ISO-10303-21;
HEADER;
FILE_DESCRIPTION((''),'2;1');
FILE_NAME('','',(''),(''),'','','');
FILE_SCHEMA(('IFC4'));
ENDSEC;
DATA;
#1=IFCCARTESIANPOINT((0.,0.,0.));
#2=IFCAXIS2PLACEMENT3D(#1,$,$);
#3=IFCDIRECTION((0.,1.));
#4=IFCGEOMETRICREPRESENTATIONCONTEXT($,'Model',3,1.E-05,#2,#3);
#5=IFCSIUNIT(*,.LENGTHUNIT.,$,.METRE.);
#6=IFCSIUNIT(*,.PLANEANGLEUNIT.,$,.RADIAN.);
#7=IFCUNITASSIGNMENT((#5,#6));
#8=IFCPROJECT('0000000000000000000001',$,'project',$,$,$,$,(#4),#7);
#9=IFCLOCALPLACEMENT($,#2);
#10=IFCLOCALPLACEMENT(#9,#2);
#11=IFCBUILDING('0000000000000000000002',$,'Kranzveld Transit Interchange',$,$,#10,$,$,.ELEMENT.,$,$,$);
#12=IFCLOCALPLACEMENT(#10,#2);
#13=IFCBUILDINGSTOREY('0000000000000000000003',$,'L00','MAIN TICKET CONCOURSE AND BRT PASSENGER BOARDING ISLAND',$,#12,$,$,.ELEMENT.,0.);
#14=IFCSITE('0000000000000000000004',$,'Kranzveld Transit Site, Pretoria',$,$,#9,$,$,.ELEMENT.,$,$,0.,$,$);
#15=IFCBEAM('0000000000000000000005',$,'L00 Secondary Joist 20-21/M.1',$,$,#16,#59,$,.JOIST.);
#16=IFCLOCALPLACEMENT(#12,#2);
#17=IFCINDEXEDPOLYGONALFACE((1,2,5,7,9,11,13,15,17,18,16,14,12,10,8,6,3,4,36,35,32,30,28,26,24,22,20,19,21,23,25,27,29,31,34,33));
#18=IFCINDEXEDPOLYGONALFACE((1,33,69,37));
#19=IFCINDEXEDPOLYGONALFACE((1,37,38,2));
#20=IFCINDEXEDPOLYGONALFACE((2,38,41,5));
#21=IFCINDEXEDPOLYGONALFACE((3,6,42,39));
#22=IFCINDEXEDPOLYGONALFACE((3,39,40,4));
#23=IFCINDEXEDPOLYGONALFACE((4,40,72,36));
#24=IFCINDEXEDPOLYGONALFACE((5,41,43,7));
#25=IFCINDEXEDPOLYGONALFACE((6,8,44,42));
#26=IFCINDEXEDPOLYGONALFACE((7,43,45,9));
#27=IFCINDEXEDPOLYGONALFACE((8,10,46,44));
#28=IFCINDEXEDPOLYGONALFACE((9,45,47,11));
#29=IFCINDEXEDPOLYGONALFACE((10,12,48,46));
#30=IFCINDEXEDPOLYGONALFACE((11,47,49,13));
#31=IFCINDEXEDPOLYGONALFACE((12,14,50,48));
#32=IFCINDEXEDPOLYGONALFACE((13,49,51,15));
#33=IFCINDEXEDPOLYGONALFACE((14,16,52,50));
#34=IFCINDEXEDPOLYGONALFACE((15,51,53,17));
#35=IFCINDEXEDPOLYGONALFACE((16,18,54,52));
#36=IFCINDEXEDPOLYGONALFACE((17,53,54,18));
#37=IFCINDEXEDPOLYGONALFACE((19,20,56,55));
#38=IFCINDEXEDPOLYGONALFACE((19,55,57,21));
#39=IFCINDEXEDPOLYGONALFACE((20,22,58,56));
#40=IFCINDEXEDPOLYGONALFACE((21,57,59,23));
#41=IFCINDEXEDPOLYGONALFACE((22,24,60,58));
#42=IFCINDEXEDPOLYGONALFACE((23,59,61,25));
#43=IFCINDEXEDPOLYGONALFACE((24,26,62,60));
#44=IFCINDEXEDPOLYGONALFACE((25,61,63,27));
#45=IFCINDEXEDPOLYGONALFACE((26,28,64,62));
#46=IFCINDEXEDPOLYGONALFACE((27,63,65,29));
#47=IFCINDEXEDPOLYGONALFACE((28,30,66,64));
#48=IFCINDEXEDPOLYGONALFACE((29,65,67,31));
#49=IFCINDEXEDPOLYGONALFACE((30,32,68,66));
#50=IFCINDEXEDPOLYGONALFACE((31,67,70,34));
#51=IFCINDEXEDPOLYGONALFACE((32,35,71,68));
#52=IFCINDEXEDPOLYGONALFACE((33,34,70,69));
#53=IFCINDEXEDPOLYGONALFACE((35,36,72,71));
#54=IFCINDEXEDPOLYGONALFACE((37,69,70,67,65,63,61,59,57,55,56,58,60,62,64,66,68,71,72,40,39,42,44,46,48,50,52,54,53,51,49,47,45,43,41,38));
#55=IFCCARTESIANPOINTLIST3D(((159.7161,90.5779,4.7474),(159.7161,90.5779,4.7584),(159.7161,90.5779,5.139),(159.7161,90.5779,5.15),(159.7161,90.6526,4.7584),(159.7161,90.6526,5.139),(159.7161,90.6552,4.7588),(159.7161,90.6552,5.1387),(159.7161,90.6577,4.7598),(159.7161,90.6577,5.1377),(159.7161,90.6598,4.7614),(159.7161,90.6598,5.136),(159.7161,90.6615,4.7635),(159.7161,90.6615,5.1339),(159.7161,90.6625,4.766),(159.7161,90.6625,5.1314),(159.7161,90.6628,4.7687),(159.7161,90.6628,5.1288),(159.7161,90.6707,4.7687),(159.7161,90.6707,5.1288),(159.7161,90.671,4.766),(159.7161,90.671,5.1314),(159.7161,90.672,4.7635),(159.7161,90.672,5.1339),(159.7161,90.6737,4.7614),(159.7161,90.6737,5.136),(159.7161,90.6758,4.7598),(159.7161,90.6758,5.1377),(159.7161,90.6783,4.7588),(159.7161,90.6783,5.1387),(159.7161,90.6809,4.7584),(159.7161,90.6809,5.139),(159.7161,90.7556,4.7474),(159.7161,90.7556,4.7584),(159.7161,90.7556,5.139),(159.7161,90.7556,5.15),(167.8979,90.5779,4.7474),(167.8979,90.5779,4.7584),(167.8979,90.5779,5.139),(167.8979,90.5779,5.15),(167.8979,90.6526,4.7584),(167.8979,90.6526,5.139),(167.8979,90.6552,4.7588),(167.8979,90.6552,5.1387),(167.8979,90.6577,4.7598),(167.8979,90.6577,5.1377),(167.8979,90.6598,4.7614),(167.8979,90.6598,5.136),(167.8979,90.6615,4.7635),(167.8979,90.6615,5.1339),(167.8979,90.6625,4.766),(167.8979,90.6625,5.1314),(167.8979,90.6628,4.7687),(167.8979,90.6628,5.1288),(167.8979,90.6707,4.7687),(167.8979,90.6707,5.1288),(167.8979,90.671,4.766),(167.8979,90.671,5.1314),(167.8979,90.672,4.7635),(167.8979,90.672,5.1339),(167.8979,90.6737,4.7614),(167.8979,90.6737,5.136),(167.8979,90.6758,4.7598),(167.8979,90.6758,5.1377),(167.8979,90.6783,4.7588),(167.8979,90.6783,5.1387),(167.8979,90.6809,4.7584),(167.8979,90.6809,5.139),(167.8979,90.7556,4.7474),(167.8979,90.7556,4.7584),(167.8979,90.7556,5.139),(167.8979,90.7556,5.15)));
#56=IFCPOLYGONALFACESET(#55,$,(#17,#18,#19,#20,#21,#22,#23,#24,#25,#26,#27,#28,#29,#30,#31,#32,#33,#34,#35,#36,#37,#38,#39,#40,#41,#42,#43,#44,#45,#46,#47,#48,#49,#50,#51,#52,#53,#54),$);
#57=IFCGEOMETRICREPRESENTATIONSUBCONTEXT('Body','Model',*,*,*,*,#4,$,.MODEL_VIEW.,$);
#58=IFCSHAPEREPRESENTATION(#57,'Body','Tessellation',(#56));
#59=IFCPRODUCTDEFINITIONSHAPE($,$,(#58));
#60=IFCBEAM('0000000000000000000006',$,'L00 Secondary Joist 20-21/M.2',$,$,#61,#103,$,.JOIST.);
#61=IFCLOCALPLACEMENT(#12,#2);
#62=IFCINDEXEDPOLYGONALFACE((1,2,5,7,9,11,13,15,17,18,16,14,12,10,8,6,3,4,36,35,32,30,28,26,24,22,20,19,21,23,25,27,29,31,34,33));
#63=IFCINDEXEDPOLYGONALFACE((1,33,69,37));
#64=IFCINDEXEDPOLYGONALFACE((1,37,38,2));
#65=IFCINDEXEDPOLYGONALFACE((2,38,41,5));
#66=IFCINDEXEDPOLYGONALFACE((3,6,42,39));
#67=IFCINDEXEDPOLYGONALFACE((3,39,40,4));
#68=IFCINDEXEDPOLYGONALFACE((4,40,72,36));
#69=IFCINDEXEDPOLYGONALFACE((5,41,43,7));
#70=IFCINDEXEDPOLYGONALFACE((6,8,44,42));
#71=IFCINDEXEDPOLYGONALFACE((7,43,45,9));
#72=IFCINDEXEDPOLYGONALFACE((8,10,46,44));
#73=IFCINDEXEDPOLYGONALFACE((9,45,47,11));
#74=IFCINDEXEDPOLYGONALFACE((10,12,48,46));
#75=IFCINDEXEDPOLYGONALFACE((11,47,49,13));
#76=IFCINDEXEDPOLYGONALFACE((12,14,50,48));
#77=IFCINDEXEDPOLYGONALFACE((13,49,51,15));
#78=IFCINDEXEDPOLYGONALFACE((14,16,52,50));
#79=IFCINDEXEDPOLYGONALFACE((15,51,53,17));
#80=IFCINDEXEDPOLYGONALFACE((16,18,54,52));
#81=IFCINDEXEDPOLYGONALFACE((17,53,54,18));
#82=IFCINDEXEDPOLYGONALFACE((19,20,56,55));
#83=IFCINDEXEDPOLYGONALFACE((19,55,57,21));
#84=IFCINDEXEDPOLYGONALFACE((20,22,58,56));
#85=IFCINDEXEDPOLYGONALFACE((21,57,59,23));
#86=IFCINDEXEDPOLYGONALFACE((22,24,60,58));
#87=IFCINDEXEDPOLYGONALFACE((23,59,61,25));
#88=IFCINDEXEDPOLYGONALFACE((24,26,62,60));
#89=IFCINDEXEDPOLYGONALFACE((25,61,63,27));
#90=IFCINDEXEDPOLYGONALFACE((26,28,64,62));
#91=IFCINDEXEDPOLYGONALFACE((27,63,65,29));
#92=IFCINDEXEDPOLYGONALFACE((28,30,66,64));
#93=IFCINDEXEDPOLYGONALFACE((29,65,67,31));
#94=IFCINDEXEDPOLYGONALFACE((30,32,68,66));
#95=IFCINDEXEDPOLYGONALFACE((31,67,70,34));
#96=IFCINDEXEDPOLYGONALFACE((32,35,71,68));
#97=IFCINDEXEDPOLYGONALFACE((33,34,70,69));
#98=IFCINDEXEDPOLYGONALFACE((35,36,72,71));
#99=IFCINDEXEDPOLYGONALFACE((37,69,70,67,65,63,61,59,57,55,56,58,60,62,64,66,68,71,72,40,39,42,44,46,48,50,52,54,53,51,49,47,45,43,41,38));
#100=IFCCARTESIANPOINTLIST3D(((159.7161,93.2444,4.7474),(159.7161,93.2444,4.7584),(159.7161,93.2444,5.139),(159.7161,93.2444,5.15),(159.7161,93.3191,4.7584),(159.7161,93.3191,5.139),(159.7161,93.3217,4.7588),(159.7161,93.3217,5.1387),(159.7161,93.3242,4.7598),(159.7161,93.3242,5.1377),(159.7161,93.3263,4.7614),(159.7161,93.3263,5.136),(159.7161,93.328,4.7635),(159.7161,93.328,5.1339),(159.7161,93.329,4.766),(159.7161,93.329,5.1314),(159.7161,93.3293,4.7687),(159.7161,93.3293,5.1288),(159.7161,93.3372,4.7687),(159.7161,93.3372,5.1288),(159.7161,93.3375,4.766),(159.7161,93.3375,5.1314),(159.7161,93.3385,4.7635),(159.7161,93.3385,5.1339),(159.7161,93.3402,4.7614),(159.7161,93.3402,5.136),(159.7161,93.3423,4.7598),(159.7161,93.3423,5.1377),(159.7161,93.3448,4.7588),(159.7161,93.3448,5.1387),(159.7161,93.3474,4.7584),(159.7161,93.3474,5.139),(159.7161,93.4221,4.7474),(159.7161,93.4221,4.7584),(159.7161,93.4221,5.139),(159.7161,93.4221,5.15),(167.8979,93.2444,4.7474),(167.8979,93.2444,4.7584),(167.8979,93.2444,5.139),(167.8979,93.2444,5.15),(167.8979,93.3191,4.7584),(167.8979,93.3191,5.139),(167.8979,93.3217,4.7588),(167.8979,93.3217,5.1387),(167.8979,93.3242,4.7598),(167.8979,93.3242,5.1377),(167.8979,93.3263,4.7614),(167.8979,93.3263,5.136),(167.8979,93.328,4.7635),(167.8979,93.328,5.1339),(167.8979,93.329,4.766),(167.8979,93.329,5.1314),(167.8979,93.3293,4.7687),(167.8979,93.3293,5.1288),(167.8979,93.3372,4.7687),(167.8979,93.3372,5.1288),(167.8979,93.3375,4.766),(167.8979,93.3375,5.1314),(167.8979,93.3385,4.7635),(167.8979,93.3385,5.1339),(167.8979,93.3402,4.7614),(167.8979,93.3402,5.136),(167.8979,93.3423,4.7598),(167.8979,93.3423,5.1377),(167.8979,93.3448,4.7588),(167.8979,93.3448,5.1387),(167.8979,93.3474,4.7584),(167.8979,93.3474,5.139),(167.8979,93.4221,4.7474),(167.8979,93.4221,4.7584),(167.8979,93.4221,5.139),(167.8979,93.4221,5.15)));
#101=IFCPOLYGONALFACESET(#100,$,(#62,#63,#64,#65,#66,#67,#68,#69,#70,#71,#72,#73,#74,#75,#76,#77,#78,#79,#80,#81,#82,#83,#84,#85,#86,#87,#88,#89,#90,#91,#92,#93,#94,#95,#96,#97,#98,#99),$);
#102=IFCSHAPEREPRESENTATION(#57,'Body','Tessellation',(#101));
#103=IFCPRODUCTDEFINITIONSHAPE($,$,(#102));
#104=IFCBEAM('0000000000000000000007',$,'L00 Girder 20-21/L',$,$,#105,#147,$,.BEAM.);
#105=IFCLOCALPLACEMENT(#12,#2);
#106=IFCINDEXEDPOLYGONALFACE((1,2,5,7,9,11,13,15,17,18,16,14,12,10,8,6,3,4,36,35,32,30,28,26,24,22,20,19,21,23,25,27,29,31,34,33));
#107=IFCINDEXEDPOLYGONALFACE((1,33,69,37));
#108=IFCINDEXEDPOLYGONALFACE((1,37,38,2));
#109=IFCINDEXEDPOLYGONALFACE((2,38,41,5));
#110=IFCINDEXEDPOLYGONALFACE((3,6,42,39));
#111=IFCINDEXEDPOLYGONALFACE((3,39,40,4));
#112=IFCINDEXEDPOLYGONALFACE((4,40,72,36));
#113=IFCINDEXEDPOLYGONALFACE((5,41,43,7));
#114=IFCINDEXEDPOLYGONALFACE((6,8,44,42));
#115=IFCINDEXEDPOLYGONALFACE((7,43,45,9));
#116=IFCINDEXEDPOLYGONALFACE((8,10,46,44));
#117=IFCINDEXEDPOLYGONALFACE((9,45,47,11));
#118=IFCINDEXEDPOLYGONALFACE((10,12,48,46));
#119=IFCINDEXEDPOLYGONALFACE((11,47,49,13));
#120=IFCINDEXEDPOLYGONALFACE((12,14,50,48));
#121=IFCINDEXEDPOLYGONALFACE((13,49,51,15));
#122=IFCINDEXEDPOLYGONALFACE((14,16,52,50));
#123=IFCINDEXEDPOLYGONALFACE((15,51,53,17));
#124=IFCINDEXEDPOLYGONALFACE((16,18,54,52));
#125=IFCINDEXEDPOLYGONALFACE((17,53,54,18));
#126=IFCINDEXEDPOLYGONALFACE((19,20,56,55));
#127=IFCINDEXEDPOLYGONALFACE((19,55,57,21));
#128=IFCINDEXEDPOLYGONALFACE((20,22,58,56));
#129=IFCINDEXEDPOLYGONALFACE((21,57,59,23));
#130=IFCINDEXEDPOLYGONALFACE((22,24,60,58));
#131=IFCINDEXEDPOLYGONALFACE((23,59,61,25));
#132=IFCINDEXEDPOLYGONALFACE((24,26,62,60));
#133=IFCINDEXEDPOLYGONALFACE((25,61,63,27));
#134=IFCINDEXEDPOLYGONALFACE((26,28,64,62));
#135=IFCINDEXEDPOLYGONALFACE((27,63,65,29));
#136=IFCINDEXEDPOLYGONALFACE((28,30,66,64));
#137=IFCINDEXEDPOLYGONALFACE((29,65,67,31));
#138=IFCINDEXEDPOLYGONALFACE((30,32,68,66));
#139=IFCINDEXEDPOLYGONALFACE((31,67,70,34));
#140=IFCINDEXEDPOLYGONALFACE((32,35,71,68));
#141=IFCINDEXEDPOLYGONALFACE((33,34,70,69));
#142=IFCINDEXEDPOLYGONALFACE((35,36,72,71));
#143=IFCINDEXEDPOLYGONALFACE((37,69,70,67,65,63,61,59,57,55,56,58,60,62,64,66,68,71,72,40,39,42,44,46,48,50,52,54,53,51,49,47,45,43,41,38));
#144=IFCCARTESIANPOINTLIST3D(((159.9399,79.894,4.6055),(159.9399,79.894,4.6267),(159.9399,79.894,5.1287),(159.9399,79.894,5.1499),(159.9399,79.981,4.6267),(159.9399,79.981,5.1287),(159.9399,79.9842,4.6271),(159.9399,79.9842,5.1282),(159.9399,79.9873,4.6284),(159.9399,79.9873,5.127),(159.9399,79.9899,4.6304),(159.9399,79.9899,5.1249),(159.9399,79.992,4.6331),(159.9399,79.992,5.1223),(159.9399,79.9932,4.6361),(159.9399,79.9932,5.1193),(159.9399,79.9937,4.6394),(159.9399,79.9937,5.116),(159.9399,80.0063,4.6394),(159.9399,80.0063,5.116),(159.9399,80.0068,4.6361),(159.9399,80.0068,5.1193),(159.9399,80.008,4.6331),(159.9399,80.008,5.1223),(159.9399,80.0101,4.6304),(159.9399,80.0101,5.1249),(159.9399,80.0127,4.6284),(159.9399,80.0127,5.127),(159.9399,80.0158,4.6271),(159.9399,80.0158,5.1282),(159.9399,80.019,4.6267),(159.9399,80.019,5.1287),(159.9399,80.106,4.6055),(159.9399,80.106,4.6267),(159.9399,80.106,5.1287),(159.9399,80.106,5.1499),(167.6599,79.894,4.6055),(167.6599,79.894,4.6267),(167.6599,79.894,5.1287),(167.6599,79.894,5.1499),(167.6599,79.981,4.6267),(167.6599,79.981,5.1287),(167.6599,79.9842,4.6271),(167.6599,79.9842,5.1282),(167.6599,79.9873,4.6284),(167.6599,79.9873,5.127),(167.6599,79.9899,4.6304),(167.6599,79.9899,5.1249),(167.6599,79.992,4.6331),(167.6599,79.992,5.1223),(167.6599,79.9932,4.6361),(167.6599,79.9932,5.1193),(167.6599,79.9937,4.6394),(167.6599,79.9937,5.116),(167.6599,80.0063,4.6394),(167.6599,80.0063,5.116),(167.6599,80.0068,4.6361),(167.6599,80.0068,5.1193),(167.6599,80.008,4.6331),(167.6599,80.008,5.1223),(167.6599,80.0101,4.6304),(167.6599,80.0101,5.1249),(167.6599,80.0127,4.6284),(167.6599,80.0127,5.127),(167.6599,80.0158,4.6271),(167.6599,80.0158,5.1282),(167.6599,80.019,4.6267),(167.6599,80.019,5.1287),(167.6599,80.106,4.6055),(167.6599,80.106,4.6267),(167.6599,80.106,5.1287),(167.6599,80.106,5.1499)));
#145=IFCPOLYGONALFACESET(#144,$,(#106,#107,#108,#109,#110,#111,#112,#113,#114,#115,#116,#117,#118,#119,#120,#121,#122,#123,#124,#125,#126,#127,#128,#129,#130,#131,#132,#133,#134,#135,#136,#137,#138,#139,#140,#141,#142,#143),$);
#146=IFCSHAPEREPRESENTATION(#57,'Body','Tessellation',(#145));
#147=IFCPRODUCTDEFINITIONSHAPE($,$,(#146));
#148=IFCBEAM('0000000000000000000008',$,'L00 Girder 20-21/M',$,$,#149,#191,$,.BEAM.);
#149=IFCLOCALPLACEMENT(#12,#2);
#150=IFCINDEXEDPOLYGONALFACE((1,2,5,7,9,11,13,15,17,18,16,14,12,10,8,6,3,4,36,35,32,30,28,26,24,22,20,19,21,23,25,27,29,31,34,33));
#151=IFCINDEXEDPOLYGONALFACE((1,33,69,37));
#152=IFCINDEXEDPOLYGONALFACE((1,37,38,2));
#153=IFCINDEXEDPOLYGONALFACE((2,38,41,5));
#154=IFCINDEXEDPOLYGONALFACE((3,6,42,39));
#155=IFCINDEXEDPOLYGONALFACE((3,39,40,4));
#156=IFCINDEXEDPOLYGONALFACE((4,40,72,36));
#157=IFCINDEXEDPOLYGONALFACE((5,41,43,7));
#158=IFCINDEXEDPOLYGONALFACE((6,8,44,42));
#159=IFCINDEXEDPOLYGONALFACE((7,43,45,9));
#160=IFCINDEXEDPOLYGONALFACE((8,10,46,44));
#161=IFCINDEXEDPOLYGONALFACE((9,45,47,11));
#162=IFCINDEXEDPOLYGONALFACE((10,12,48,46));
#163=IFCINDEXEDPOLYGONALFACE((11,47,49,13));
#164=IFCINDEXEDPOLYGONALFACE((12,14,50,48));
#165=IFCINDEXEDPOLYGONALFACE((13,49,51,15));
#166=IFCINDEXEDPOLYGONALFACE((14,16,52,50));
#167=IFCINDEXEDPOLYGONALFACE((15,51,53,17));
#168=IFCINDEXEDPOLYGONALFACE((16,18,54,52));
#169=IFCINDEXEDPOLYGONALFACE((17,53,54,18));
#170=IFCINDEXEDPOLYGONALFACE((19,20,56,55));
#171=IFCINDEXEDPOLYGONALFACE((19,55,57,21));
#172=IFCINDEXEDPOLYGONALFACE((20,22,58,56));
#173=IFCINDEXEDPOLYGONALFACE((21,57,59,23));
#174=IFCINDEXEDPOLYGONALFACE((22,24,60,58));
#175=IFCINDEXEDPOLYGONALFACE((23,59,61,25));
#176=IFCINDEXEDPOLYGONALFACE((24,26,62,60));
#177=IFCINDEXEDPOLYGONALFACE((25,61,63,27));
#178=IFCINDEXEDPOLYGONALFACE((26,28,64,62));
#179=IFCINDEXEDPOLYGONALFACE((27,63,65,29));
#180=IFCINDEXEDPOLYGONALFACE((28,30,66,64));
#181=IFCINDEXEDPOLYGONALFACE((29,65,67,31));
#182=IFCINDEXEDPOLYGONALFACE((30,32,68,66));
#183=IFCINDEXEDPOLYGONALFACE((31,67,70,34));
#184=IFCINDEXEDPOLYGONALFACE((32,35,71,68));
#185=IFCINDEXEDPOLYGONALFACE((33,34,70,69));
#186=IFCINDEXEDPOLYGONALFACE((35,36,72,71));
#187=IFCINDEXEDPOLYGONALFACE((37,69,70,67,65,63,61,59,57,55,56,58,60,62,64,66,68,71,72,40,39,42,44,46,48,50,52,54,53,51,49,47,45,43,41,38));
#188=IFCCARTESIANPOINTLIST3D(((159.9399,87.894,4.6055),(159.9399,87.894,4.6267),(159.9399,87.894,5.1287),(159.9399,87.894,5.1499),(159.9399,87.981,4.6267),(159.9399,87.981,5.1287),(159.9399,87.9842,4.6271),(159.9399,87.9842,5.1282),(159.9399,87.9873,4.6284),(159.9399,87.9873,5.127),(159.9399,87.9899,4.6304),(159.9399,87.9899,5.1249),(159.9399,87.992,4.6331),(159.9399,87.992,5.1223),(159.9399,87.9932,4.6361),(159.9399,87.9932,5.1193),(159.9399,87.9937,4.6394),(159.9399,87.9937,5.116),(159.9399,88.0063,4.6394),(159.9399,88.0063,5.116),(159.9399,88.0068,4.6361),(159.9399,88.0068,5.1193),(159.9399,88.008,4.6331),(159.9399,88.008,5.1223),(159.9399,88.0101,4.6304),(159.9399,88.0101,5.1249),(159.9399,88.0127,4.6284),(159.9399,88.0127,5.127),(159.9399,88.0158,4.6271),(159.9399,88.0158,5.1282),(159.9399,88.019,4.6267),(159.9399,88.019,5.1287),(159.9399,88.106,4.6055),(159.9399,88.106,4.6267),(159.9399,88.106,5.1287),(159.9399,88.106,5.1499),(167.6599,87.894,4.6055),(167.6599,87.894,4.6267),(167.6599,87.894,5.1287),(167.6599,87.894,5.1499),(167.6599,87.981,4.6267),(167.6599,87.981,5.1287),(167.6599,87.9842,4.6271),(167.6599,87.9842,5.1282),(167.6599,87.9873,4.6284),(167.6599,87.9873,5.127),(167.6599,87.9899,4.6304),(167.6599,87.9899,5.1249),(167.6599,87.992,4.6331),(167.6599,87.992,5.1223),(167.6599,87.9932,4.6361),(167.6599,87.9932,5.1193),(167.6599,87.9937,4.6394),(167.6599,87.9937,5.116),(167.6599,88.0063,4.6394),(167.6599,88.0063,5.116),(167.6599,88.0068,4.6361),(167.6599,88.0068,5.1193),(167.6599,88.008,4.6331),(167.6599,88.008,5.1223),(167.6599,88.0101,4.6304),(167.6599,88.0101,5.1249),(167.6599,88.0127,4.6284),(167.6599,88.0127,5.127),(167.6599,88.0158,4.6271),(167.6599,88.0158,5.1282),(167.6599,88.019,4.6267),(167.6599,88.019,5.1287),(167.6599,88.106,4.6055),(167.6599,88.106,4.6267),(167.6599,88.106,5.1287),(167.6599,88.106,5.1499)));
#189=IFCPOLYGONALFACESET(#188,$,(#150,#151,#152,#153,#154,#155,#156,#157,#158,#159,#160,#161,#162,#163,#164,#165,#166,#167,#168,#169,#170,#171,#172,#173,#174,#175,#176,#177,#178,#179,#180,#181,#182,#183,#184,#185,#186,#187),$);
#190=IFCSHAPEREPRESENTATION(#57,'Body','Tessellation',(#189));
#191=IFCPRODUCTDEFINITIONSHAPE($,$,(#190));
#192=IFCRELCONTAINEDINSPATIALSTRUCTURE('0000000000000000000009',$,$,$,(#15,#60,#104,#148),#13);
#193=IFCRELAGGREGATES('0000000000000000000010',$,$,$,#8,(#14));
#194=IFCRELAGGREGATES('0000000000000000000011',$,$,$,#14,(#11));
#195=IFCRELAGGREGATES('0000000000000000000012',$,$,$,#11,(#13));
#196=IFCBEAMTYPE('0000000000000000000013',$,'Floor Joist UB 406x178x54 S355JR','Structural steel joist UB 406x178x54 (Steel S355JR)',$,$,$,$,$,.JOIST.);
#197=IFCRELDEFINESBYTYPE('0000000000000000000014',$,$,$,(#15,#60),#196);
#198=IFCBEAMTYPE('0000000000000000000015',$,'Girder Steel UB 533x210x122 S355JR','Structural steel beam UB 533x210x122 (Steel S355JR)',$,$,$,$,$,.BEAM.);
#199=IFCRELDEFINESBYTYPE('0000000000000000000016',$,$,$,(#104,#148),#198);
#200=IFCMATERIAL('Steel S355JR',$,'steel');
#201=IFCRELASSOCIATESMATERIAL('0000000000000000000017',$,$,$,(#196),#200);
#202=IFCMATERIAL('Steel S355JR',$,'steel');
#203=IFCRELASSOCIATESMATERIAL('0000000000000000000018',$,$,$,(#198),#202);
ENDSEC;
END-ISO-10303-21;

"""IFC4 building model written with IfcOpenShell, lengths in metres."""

from ifc_helpers import new_model, si_unit, direction, frame, origin, origin_2d, place, context, subcontext, project, spatial, i_section, extrude, material, material_profile, profile_set, type_object, element, save


model = new_model("IFC4")

# Units and contexts
model_context = context("Model", 3, precision=1e-05, world=origin(), true_north=direction((0.0, 1.0)))
body_context = subcontext(model_context, "Body", "Model", "MODEL_VIEW")
ifc_project = project(units=[si_unit("LENGTHUNIT", "METRE"), si_unit("PLANEANGLEUNIT", "RADIAN")], contexts=[model_context])

# Site, building, storey
site_placement = place(None, origin())
site = spatial("IfcSite", under=ifc_project, at=site_placement, Name="Kranzveld Transit Site, Pretoria", CompositionType="ELEMENT", RefElevation=0.0)
building_placement = place(site_placement, origin())
building = spatial("IfcBuilding", under=site, at=building_placement, Name="Kranzveld Transit Interchange", CompositionType="ELEMENT")
storey_placement = place(building_placement, origin())
storey = spatial("IfcBuildingStorey", under=building, at=storey_placement, Name="L00", Description="MAIN TICKET CONCOURSE AND BRT PASSENGER BOARDING ISLAND", CompositionType="ELEMENT", Elevation=0.0)

# Beams
ifc_material_1 = material(Name="Steel S355JR", Category="steel")
ifc_material_profile_1 = material_profile(ifc_material_1, i_section(OverallWidth=0.1777, OverallDepth=0.4026, WebThickness=0.0078, FlangeThickness=0.011, FilletRadius=0.0103, at=origin_2d()), Name="UB 406x178x54")
ifc_profile_set_1 = profile_set([ifc_material_profile_1], Name="Steel S355JR")
beam_type_1 = type_object("IfcBeamType", Name="Floor Joist UB 406x178x54 S355JR", Description="Structural steel joist UB 406x178x54 (Steel S355JR)", PredefinedType="JOIST", material=ifc_profile_set_1)
for number, where, z_axis, x_axis, name in (
    (1, (159.7161, 90.6667, 4.9487), (1.0, 0.0, 0.0), (0.0, 1.0, 0.0), "L00 Secondary Joist 20-21/M.1"),
    (2, (159.7161, 93.3333, 4.9487), (1.0, 0.0, 0.0), (0.0, 1.0, 0.0), "L00 Secondary Joist 20-21/M.2"),
):
    element("IfcBeam", number, at=place(storey_placement, frame(where, z_axis=z_axis, x_axis=x_axis)), inside=storey, type_object=beam_type_1, Name=name, PredefinedType="JOIST", context=body_context, shape_type="SweptSolid", body=[
        extrude(i_section(OverallWidth=0.1777, OverallDepth=0.4026, WebThickness=0.0078, FlangeThickness=0.011, FilletRadius=0.0103, at=origin_2d()), origin(), (0.0, 0.0, 1.0), 8.1819),
    ])
ifc_material_2 = material(Name="Steel S355JR", Category="steel")
ifc_material_profile_2 = material_profile(ifc_material_2, i_section(OverallWidth=0.2119, OverallDepth=0.5444, WebThickness=0.0127, FlangeThickness=0.0212, FilletRadius=0.0127, at=origin_2d()), Name="UB 533x210x122")
ifc_profile_set_2 = profile_set([ifc_material_profile_2], Name="Steel S355JR")
beam_type_2 = type_object("IfcBeamType", Name="Girder Steel UB 533x210x122 S355JR", Description="Structural steel beam UB 533x210x122 (Steel S355JR)", PredefinedType="BEAM", material=ifc_profile_set_2)
for number, where, z_axis, x_axis, name in (
    (3, (159.9399, 80.0, 4.8777), (1.0, 0.0, 0.0), (0.0, 1.0, 0.0), "L00 Girder 20-21/L"),
    (4, (159.9399, 88.0, 4.8777), (1.0, 0.0, 0.0), (0.0, 1.0, 0.0), "L00 Girder 20-21/M"),
):
    element("IfcBeam", number, at=place(storey_placement, frame(where, z_axis=z_axis, x_axis=x_axis)), inside=storey, type_object=beam_type_2, Name=name, PredefinedType="BEAM", context=body_context, shape_type="SweptSolid", body=[
        extrude(i_section(OverallWidth=0.2119, OverallDepth=0.5444, WebThickness=0.0127, FlangeThickness=0.0212, FilletRadius=0.0127, at=origin_2d()), origin(), (0.0, 0.0, 1.0), 7.72),
    ])

save(model, "model.ifc")
